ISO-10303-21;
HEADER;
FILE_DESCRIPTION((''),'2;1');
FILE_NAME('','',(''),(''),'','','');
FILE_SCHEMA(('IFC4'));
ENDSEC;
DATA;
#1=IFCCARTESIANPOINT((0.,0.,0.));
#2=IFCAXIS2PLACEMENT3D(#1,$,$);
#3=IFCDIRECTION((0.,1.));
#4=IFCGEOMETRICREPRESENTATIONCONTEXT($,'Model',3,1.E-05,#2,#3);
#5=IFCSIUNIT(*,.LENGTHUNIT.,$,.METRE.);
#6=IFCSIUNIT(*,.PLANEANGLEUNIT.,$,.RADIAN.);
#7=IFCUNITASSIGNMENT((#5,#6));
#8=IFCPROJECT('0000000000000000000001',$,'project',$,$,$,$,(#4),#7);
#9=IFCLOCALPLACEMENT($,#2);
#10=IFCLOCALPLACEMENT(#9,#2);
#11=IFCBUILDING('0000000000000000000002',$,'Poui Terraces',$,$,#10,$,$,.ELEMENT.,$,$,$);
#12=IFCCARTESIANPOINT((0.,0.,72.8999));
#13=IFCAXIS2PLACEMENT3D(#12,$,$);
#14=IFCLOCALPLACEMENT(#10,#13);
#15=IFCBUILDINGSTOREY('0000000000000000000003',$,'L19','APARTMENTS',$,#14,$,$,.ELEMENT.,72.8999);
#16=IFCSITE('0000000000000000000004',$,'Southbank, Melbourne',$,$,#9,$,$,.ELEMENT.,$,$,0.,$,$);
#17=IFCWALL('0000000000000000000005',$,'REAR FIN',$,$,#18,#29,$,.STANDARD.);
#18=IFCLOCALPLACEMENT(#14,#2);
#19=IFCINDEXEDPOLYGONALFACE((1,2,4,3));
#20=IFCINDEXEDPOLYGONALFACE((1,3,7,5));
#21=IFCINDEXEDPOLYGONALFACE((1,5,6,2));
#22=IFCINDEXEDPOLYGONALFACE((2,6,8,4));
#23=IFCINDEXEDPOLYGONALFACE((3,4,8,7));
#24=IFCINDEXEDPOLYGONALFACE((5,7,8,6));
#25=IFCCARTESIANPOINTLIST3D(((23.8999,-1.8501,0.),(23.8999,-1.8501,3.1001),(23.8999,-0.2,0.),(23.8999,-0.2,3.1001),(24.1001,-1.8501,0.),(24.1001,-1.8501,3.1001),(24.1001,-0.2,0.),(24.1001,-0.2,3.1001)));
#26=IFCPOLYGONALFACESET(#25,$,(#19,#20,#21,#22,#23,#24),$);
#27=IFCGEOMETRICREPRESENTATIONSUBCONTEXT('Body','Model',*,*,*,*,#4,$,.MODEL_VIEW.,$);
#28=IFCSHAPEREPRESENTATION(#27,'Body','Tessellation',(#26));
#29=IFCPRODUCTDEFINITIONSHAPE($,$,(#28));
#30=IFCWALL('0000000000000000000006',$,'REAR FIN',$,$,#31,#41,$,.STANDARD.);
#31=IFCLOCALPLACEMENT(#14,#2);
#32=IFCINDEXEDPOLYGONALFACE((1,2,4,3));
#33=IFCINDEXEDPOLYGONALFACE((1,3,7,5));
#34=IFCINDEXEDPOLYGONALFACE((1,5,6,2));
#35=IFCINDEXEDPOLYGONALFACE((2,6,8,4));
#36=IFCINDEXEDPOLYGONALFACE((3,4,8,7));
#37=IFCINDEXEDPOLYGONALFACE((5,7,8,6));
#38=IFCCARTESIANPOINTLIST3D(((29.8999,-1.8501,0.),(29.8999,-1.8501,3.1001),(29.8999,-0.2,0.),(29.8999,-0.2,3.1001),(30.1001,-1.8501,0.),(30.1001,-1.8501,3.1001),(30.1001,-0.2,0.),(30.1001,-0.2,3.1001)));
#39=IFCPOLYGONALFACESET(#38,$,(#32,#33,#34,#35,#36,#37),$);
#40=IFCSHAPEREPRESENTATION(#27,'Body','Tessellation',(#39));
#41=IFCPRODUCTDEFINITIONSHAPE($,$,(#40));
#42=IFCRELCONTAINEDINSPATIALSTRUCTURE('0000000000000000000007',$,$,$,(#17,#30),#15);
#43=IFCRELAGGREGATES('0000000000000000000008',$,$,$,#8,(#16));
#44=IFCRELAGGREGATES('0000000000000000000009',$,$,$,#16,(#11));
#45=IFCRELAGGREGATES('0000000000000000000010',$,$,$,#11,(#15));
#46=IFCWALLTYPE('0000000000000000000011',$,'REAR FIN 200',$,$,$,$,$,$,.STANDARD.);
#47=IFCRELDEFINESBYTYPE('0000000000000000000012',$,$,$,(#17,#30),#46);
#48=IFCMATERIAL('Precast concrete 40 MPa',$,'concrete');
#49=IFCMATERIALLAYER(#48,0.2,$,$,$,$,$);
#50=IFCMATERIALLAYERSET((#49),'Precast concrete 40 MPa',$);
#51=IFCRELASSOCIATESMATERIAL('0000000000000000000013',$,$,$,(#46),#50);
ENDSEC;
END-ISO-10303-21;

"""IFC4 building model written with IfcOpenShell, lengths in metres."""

from ifc_helpers import new_model, si_unit, direction, frame, origin, place, context, subcontext, project, spatial, polyline, outline, extrude, source, transform, mapped, material, layer, layer_set, type_object, element, save


model = new_model("IFC4")

# Units and contexts
model_context = context("Model", 3, precision=1e-05, world=origin(), true_north=direction((0.0, 1.0)))
body_context = subcontext(model_context, "Body", "Model", "MODEL_VIEW")
ifc_project = project(units=[si_unit("LENGTHUNIT", "METRE"), si_unit("PLANEANGLEUNIT", "RADIAN")], contexts=[model_context])

# Site, building, storey
site_placement = place(None, origin())
site = spatial("IfcSite", under=ifc_project, at=site_placement, Name="Southbank, Melbourne", CompositionType="ELEMENT", RefElevation=0.0)
building_placement = place(site_placement, origin())
building = spatial("IfcBuilding", under=site, at=building_placement, Name="Poui Terraces", CompositionType="ELEMENT")
storey_placement = place(building_placement, frame((0.0, 0.0, 72.8999)))
storey = spatial("IfcBuildingStorey", under=building, at=storey_placement, Name="L19", Description="APARTMENTS", CompositionType="ELEMENT", Elevation=72.8999)

# Shared definitions
ifc_material_1 = material(Name="Precast concrete 40 MPa", Category="concrete")

# Walls
ifc_layer_1 = layer(ifc_material_1, 0.2)
ifc_layer_set_1 = layer_set([ifc_layer_1], Name="Precast concrete 40 MPa")
wall_type_1 = type_object("IfcWallType", Name="REAR FIN 200", PredefinedType="STANDARD", material=ifc_layer_set_1)
shared_shape_1 = source(origin(), body_context, "Body", "SweptSolid", [
    extrude(outline(polyline([(0.0, 0.0), (0.2002, 0.0), (0.2002, 1.6501), (0.0, 1.6501), (0.0, 0.0)])), origin(), (0.0, 0.0, 1.0), 3.1001),
])
for number, where, name in (
    (1, (23.8999, -1.8501, 0.0), "REAR FIN"),
    (2, (29.8999, -1.8501, 0.0), "REAR FIN"),
):
    element("IfcWall", number, at=place(storey_placement, frame(where)), inside=storey, type_object=wall_type_1, Name=name, PredefinedType="STANDARD", context=body_context, shape_type="MappedRepresentation", body=[
        mapped(shared_shape_1, transform((0.0, 0.0, 0.0))),
    ])

save(model, "model.ifc")
